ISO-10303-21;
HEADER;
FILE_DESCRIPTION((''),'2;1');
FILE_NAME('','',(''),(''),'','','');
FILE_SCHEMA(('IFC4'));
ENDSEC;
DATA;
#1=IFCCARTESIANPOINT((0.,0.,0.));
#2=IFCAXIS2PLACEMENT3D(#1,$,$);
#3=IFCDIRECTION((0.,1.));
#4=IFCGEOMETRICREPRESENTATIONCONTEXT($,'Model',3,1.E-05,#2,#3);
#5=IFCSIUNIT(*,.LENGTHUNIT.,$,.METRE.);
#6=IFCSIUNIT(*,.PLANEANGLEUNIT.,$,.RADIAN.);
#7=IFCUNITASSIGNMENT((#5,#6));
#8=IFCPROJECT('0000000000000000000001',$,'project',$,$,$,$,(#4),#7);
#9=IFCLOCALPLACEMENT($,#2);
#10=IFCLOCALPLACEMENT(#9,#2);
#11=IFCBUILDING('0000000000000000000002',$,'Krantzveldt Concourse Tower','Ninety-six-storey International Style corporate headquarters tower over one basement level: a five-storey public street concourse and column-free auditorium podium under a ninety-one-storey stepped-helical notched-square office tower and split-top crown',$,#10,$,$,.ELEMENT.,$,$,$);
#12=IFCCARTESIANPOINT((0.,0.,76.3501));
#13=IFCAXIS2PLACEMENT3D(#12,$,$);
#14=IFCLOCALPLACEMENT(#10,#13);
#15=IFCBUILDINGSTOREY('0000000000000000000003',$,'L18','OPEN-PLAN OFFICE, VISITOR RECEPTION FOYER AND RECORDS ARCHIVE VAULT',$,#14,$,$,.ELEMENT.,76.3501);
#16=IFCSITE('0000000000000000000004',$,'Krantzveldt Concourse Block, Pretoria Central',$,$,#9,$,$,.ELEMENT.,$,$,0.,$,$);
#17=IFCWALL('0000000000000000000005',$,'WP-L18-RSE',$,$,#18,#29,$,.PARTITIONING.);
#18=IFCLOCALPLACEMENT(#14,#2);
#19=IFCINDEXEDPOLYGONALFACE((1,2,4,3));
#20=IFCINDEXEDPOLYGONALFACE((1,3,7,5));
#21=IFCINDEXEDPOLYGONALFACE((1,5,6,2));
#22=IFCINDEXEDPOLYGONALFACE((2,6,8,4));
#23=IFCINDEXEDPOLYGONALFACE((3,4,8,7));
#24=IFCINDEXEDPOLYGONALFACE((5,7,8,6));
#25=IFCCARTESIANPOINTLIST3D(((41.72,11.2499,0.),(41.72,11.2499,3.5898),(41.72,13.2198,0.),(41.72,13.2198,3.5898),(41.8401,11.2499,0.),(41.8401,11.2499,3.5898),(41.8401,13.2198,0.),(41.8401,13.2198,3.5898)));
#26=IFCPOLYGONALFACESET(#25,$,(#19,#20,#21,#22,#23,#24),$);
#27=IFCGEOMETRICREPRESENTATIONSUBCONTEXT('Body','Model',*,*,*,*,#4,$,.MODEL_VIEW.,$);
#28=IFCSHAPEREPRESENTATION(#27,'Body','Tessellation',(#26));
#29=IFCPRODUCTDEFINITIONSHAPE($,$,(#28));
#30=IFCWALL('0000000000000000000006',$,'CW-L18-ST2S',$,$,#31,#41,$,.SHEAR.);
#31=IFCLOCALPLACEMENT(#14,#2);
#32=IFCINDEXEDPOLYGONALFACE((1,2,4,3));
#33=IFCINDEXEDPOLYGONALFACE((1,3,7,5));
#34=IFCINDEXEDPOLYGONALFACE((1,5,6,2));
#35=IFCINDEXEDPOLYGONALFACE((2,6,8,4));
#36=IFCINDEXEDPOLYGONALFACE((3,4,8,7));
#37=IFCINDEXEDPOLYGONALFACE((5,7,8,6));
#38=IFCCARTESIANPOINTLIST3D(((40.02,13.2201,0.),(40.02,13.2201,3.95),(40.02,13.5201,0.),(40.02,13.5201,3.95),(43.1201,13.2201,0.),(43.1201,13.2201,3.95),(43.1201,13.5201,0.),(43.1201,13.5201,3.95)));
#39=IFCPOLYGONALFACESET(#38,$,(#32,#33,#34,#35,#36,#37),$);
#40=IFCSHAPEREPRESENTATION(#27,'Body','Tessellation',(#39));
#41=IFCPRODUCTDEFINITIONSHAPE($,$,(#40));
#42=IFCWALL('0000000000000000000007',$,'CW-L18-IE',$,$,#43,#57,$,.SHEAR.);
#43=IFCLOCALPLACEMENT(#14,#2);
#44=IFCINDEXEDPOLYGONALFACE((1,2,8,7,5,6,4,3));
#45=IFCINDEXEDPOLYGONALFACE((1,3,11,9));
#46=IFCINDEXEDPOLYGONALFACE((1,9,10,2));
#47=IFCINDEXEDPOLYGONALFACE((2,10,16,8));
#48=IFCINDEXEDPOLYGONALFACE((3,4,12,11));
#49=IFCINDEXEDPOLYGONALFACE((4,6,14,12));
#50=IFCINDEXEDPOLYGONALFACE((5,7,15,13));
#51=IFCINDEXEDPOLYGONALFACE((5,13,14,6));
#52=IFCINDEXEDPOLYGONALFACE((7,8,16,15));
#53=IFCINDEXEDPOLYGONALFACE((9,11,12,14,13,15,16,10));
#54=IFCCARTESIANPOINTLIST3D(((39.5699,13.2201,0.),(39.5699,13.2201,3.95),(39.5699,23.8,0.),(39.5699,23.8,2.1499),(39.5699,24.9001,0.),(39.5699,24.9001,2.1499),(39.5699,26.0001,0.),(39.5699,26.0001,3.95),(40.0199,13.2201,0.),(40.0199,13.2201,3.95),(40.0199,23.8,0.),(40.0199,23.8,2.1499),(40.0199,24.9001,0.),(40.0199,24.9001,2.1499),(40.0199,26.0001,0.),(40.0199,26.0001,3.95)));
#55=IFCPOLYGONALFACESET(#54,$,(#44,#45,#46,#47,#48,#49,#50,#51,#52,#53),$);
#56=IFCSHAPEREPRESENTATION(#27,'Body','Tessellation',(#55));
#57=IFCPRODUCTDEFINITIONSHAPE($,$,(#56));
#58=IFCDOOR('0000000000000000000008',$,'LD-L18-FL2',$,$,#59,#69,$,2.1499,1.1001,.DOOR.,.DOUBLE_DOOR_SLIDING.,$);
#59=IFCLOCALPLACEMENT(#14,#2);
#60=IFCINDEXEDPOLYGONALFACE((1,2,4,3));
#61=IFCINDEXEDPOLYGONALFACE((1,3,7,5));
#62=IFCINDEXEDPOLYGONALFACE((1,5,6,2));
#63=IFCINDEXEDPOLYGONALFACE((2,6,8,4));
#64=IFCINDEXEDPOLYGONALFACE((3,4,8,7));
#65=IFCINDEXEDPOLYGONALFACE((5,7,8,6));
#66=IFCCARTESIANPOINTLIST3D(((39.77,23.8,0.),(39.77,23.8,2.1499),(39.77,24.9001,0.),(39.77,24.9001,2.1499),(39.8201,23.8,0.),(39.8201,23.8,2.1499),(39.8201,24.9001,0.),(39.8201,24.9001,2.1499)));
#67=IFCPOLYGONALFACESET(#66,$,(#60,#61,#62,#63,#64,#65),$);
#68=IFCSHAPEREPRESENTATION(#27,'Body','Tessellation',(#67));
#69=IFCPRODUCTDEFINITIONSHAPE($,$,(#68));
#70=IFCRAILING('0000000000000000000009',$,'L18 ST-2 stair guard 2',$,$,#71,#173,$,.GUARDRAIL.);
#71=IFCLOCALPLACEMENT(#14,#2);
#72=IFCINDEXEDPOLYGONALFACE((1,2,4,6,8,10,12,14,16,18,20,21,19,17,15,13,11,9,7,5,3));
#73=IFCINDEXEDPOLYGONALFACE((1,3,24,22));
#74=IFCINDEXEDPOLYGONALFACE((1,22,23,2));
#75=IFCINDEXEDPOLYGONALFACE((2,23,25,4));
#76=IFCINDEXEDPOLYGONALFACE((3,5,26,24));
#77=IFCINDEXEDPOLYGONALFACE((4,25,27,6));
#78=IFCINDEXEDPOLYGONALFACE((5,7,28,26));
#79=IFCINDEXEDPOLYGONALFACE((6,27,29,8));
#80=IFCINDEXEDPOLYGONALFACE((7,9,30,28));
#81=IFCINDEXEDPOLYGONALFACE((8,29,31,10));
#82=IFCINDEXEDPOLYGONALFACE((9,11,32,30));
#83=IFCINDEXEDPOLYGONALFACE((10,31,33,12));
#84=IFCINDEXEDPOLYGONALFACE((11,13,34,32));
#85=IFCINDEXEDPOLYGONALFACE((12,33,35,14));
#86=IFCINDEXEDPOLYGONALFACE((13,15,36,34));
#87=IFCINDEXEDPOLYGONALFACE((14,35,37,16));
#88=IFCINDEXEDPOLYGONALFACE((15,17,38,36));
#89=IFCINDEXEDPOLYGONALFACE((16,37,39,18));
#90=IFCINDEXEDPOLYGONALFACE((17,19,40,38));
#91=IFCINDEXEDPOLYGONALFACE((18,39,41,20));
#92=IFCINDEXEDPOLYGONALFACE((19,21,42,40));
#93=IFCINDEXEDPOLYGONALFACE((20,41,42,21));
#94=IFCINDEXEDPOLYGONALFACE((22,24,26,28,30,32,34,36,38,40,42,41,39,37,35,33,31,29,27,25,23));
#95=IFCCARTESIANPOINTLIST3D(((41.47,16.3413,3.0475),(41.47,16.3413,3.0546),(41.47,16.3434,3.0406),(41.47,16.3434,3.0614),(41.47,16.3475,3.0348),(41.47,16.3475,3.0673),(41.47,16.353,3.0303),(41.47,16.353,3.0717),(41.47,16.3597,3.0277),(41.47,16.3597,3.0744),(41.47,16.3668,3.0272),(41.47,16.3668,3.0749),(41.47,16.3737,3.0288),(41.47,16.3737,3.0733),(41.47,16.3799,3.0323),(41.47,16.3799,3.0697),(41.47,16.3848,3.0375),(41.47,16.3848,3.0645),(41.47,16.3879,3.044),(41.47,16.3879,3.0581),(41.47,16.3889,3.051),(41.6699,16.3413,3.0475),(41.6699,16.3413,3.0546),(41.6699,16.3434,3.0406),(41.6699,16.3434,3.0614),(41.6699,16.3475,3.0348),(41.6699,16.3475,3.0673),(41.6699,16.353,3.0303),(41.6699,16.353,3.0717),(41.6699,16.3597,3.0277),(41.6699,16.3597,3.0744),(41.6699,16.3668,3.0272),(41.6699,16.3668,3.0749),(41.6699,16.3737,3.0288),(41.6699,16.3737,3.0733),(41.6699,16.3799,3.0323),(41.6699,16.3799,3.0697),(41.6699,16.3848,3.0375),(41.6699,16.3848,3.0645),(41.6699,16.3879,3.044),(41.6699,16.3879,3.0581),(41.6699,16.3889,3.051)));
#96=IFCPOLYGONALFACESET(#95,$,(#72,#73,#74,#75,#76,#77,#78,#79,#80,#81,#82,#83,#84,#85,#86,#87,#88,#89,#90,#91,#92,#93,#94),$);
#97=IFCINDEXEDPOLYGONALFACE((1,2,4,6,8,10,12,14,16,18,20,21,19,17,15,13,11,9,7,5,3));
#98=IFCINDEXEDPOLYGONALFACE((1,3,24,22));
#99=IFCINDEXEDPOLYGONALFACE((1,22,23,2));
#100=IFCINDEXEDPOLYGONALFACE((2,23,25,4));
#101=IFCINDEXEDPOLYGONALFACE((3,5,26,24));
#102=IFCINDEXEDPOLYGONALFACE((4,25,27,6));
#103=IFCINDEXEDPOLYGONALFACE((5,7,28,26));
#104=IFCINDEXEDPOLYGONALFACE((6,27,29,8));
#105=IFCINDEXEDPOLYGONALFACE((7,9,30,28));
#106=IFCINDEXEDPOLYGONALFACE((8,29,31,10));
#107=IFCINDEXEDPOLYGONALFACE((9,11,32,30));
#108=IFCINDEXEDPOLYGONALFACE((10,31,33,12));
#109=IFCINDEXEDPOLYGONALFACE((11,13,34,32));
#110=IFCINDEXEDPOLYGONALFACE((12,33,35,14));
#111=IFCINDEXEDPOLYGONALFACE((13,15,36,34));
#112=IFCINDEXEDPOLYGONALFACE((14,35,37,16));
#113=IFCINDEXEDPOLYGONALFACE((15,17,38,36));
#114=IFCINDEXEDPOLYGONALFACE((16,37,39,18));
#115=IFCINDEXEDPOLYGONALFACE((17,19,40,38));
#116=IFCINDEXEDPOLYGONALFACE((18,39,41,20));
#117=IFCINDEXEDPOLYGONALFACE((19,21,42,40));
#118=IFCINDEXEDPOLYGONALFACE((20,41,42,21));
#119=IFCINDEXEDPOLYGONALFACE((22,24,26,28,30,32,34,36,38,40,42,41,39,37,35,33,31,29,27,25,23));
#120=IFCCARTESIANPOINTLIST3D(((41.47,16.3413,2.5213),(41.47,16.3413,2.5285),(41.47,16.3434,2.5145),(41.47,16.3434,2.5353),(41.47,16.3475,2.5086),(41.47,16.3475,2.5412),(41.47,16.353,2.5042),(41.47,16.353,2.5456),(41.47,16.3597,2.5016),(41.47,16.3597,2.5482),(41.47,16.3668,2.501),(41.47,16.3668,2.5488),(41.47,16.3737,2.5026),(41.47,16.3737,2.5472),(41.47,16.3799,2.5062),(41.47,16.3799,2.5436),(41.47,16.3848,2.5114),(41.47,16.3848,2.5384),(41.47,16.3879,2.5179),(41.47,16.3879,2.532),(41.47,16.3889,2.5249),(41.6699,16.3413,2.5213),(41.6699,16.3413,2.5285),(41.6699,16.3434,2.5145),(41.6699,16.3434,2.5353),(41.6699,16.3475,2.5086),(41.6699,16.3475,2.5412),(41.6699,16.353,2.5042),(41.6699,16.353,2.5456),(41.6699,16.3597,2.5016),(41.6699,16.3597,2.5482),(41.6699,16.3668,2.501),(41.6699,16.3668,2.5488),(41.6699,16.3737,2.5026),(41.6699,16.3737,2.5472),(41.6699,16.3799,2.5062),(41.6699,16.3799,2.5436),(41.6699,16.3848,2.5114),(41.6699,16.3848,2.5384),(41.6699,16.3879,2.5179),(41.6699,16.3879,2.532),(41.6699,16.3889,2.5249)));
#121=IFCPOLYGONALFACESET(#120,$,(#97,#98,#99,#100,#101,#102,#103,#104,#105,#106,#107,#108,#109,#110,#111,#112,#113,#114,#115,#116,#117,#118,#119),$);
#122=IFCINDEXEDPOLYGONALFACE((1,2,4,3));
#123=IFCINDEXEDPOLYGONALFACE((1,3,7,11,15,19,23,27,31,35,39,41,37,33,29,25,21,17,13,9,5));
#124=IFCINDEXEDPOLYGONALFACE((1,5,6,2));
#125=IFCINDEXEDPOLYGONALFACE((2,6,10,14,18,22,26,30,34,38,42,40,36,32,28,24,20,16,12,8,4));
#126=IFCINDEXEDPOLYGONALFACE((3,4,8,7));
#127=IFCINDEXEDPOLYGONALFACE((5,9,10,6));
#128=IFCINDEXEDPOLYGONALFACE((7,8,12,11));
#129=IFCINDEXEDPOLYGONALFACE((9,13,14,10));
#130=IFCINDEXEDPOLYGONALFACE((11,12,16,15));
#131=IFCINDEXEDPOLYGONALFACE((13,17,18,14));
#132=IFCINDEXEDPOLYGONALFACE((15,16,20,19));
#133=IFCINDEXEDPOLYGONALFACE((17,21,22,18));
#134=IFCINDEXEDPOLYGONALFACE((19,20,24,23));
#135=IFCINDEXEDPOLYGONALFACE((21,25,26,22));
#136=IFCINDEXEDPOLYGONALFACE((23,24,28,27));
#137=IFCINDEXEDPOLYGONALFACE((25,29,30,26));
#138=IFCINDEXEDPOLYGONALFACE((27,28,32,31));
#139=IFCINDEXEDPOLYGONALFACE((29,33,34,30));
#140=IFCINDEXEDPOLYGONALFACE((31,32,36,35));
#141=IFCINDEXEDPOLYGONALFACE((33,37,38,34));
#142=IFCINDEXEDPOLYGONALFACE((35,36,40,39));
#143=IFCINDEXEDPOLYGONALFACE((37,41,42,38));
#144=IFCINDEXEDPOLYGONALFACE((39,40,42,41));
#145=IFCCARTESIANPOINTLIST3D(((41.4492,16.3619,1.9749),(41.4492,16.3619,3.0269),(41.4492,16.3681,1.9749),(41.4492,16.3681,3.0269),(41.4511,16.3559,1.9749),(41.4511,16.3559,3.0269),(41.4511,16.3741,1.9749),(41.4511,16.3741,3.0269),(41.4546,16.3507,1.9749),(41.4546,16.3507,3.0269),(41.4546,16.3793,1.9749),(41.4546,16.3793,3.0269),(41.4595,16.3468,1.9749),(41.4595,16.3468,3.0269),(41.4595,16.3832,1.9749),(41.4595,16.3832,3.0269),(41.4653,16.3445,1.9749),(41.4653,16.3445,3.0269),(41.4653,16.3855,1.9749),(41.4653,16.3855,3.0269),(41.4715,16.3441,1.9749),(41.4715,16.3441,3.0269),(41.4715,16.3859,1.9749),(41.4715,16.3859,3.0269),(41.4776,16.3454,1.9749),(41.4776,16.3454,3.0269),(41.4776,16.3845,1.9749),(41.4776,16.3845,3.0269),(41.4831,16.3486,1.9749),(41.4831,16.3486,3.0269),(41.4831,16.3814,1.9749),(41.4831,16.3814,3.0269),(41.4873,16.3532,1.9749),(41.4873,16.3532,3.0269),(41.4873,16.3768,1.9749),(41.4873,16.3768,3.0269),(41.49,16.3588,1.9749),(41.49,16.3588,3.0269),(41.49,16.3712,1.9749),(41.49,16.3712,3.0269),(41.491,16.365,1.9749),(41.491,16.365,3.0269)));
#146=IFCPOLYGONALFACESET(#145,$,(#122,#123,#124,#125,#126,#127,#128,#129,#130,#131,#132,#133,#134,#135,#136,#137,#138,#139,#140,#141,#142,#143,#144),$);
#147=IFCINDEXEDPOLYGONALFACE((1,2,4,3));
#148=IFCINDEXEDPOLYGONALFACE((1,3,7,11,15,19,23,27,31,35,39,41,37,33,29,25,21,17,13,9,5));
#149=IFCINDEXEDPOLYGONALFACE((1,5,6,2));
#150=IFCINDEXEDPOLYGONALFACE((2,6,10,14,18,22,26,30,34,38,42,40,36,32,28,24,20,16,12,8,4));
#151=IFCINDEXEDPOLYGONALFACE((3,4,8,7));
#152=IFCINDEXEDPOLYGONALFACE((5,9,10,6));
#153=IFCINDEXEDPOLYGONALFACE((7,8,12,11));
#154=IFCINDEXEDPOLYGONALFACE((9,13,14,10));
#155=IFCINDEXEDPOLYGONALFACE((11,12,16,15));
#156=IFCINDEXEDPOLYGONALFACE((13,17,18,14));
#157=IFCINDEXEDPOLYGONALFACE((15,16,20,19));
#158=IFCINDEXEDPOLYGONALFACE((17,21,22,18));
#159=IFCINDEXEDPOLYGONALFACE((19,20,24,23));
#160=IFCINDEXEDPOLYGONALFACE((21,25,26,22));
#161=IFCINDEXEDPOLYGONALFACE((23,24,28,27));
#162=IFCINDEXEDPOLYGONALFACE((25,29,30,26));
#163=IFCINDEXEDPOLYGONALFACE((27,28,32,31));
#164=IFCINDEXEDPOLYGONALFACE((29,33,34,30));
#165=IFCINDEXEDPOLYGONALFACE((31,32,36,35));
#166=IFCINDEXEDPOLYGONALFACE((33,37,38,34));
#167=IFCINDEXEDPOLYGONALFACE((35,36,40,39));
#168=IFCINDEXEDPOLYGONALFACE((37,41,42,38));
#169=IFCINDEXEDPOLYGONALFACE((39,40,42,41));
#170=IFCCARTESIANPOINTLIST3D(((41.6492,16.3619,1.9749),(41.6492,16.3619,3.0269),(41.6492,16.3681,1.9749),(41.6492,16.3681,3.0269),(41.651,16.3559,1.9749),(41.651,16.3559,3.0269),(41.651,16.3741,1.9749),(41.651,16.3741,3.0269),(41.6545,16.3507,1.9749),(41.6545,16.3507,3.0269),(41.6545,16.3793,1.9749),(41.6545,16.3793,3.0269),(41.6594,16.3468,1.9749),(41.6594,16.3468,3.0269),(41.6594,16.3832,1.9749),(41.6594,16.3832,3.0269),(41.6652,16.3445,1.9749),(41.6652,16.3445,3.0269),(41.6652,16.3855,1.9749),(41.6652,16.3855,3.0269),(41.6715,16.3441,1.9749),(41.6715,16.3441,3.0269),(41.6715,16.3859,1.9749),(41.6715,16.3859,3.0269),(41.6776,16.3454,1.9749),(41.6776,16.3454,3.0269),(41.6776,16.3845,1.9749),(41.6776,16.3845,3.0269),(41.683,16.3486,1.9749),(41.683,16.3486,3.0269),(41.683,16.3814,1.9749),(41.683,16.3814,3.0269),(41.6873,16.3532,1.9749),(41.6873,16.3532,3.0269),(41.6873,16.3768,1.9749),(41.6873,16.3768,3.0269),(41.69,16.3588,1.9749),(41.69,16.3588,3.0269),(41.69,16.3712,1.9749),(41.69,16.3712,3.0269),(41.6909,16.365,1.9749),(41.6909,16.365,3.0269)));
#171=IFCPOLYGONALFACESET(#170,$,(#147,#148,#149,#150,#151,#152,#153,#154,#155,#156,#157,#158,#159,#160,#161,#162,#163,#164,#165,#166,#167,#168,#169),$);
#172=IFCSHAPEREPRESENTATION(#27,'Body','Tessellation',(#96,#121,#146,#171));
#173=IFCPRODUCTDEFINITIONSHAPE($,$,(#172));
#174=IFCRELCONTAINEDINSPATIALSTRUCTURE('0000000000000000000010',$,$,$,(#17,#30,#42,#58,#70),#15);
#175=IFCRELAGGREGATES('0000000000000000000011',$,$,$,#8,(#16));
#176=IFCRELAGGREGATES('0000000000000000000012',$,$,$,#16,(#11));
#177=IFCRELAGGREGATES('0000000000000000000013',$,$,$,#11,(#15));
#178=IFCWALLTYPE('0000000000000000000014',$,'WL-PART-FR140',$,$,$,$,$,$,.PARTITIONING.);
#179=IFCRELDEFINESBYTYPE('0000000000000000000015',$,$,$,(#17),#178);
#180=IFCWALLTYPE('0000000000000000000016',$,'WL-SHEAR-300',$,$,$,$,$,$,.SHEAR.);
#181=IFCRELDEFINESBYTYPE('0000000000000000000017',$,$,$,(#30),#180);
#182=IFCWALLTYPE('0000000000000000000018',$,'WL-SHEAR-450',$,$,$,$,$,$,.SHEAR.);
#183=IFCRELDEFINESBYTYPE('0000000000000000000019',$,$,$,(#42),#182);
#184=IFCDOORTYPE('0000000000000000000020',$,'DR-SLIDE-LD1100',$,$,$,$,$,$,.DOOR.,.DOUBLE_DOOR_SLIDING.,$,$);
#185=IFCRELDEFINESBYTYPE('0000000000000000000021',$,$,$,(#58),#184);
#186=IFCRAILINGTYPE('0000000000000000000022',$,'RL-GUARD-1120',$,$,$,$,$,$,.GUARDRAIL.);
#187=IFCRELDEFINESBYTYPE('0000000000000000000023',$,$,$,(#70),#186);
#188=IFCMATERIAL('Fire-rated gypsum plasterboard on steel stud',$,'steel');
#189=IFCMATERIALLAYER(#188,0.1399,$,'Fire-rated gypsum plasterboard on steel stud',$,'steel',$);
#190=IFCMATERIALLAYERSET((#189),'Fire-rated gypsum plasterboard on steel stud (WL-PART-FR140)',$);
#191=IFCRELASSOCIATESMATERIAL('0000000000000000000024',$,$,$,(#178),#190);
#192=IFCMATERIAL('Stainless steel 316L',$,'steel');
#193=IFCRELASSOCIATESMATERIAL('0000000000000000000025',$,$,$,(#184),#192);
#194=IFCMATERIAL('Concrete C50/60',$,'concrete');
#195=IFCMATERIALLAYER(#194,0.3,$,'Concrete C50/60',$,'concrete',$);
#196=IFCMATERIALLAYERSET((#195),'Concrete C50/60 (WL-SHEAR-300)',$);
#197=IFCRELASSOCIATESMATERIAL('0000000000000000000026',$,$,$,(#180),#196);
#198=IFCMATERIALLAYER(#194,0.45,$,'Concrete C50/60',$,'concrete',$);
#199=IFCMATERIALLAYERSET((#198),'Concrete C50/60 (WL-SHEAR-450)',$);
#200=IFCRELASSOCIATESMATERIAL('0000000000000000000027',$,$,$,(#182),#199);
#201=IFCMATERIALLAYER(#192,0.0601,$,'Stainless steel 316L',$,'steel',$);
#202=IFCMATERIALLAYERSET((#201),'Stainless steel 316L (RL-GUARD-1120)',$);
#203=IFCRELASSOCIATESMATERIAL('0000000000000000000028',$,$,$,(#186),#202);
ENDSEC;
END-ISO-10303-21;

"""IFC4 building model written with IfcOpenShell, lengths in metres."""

from ifc_helpers import new_model, si_unit, direction, frame, frame_2d, origin, origin_2d, place, context, subcontext, project, spatial, rectangle, circle, extrude, material, layer, layer_set, type_object, element, fill, save


model = new_model("IFC4")

# Units and contexts
model_context = context("Model", 3, precision=1e-05, world=origin(), true_north=direction((0.0, 1.0)))
body_context = subcontext(model_context, "Body", "Model", "MODEL_VIEW")
ifc_project = project(units=[si_unit("LENGTHUNIT", "METRE"), si_unit("PLANEANGLEUNIT", "RADIAN")], contexts=[model_context])

# Site, building, storey
site_placement = place(None, origin())
site = spatial("IfcSite", under=ifc_project, at=site_placement, Name="Krantzveldt Concourse Block, Pretoria Central", CompositionType="ELEMENT", RefElevation=0.0)
building_placement = place(site_placement, origin())
building = spatial("IfcBuilding", under=site, at=building_placement, Name="Krantzveldt Concourse Tower", Description="Ninety-six-storey International Style corporate headquarters tower over one basement level: a five-storey public street concourse and column-free auditorium podium under a ninety-one-storey stepped-helical notched-square office tower and split-top crown", CompositionType="ELEMENT")
storey_placement = place(building_placement, frame((0.0, 0.0, 76.3501)))
storey = spatial("IfcBuildingStorey", under=building, at=storey_placement, Name="L18", Description="OPEN-PLAN OFFICE, VISITOR RECEPTION FOYER AND RECORDS ARCHIVE VAULT", CompositionType="ELEMENT", Elevation=76.3501)

# Shared definitions
ifc_material_1 = material(Name="Fire-rated gypsum plasterboard on steel stud", Category="steel")

# Shared definitions
ifc_layer_1 = layer(ifc_material_1, 0.1399, Name="Fire-rated gypsum plasterboard on steel stud", Category="steel")
ifc_layer_set_1 = layer_set([ifc_layer_1], Name="Fire-rated gypsum plasterboard on steel stud (WL-PART-FR140)")
wall_type_1 = type_object("IfcWallType", Name="WL-PART-FR140", PredefinedType="PARTITIONING", material=ifc_layer_set_1)
ifc_material_2 = material(Name="Stainless steel 316L", Category="steel")
door_type_1 = type_object("IfcDoorType", Name="DR-SLIDE-LD1100", OperationType="DOUBLE_DOOR_SLIDING", PredefinedType="DOOR", material=ifc_material_2)

# Walls
wall_1_placement = place(storey_placement, frame((41.78, 11.25, 0.0), z_axis=(0.0, 0.0, 1.0), x_axis=(0.0, 1.0, 0.0)))
element("IfcWall", 1, at=wall_1_placement, inside=storey, type_object=wall_type_1, Name="WP-L18-RSE", PredefinedType="PARTITIONING", context=body_context, shape_type="SweptSolid", body=[
    extrude(rectangle(XDim=1.97, YDim=0.1201, at=frame_2d((0.9849, 0.0))), origin(), (0.0, 0.0, 1.0), 3.5898),
])
ifc_material_3 = material(Name="Concrete C50/60", Category="concrete")
ifc_layer_2 = layer(ifc_material_3, 0.3, Name="Concrete C50/60", Category="concrete")
ifc_layer_set_2 = layer_set([ifc_layer_2], Name="Concrete C50/60 (WL-SHEAR-300)")
wall_type_2 = type_object("IfcWallType", Name="WL-SHEAR-300", PredefinedType="SHEAR", material=ifc_layer_set_2)
wall_2_placement = place(storey_placement, frame((40.02, 13.3701, 0.0), z_axis=(0.0, 0.0, 1.0), x_axis=(1.0, 0.0, 0.0)))
element("IfcWall", 2, at=wall_2_placement, inside=storey, type_object=wall_type_2, Name="CW-L18-ST2S", PredefinedType="SHEAR", context=body_context, shape_type="SweptSolid", body=[
    extrude(rectangle(XDim=3.1001, YDim=0.3, at=frame_2d((1.55, 0.0))), origin(), (0.0, 0.0, 1.0), 3.95),
])

# Wall, opening, door
ifc_layer_3 = layer(ifc_material_3, 0.45, Name="Concrete C50/60", Category="concrete")
ifc_layer_set_3 = layer_set([ifc_layer_3], Name="Concrete C50/60 (WL-SHEAR-450)")
wall_type_3 = type_object("IfcWallType", Name="WL-SHEAR-450", PredefinedType="SHEAR", material=ifc_layer_set_3)
wall_3_placement = place(storey_placement, frame((39.7949, 13.22, 0.0), z_axis=(0.0, 0.0, 1.0), x_axis=(0.0, 1.0, 0.0)))
wall_3 = element("IfcWall", 3, at=wall_3_placement, inside=storey, type_object=wall_type_3, Name="CW-L18-IE", PredefinedType="SHEAR", context=body_context, shape_type="SweptSolid", body=[
    extrude(rectangle(XDim=12.78, YDim=0.45, at=frame_2d((6.3901, 0.0))), origin(), (0.0, 0.0, 1.0), 3.95),
])
opening_1_placement = place(wall_3_placement, frame((10.5801, 0.0, 0.0)))
opening_1 = element("IfcOpeningElement", 4, at=opening_1_placement, cuts=wall_3, PredefinedType="OPENING", context=body_context, shape_type="SweptSolid", body=[
    extrude(rectangle(XDim=1.1001, YDim=2.1499, at=frame_2d((0.55, 1.075))), frame((0.0, 0.2349, 0.0), z_axis=(0.0, -1.0, 0.0), x_axis=(1.0, 0.0, 0.0)), (0.0, 0.0, 1.0), 0.47),
])
door_1_placement = place(opening_1_placement, origin())
door_1 = element("IfcDoor", 5, at=door_1_placement, inside=storey, type_object=door_type_1, Name="LD-L18-FL2", OperationType="DOUBLE_DOOR_SLIDING", OverallHeight=2.1499, OverallWidth=1.1001, PredefinedType="DOOR", context=body_context, shape_type="SweptSolid", body=[
    extrude(rectangle(XDim=1.1001, YDim=2.1499, at=frame_2d((0.55, 1.075))), frame((0.0, 0.0249, 0.0), z_axis=(0.0, -1.0, 0.0), x_axis=(1.0, 0.0, 0.0)), (0.0, 0.0, 1.0), 0.05),
])
fill(opening_1, door_1)

# Railing
ifc_layer_4 = layer(ifc_material_2, 0.0601, Name="Stainless steel 316L", Category="steel")
ifc_layer_set_4 = layer_set([ifc_layer_4], Name="Stainless steel 316L (RL-GUARD-1120)")
railing_type = type_object("IfcRailingType", Name="RL-GUARD-1120", PredefinedType="GUARDRAIL", material=ifc_layer_set_4)
railing_placement = place(storey_placement, frame((41.47, 16.365, 1.9749)))
element("IfcRailing", 6, at=railing_placement, inside=storey, type_object=railing_type, Name="L18 ST-2 stair guard 2", PredefinedType="GUARDRAIL", context=body_context, shape_type="SweptSolid", body=[
    extrude(circle(Radius=0.0239, at=origin_2d()), frame((0.0, 0.0, 1.0762), z_axis=(1.0, 0.0, 0.0), x_axis=(0.0, 1.0, 0.0)), (0.0, 0.0, 1.0), 0.2),
    extrude(circle(Radius=0.0239, at=origin_2d()), frame((0.0, 0.0, 0.55), z_axis=(1.0, 0.0, 0.0), x_axis=(0.0, 1.0, 0.0)), (0.0, 0.0, 1.0), 0.2),
    extrude(circle(Radius=0.021, at=origin_2d()), origin(), (0.0, 0.0, 1.0), 1.052),
    extrude(circle(Radius=0.021, at=origin_2d()), frame((0.2, 0.0, 0.0)), (0.0, 0.0, 1.0), 1.052),
])

save(model, "model.ifc")
